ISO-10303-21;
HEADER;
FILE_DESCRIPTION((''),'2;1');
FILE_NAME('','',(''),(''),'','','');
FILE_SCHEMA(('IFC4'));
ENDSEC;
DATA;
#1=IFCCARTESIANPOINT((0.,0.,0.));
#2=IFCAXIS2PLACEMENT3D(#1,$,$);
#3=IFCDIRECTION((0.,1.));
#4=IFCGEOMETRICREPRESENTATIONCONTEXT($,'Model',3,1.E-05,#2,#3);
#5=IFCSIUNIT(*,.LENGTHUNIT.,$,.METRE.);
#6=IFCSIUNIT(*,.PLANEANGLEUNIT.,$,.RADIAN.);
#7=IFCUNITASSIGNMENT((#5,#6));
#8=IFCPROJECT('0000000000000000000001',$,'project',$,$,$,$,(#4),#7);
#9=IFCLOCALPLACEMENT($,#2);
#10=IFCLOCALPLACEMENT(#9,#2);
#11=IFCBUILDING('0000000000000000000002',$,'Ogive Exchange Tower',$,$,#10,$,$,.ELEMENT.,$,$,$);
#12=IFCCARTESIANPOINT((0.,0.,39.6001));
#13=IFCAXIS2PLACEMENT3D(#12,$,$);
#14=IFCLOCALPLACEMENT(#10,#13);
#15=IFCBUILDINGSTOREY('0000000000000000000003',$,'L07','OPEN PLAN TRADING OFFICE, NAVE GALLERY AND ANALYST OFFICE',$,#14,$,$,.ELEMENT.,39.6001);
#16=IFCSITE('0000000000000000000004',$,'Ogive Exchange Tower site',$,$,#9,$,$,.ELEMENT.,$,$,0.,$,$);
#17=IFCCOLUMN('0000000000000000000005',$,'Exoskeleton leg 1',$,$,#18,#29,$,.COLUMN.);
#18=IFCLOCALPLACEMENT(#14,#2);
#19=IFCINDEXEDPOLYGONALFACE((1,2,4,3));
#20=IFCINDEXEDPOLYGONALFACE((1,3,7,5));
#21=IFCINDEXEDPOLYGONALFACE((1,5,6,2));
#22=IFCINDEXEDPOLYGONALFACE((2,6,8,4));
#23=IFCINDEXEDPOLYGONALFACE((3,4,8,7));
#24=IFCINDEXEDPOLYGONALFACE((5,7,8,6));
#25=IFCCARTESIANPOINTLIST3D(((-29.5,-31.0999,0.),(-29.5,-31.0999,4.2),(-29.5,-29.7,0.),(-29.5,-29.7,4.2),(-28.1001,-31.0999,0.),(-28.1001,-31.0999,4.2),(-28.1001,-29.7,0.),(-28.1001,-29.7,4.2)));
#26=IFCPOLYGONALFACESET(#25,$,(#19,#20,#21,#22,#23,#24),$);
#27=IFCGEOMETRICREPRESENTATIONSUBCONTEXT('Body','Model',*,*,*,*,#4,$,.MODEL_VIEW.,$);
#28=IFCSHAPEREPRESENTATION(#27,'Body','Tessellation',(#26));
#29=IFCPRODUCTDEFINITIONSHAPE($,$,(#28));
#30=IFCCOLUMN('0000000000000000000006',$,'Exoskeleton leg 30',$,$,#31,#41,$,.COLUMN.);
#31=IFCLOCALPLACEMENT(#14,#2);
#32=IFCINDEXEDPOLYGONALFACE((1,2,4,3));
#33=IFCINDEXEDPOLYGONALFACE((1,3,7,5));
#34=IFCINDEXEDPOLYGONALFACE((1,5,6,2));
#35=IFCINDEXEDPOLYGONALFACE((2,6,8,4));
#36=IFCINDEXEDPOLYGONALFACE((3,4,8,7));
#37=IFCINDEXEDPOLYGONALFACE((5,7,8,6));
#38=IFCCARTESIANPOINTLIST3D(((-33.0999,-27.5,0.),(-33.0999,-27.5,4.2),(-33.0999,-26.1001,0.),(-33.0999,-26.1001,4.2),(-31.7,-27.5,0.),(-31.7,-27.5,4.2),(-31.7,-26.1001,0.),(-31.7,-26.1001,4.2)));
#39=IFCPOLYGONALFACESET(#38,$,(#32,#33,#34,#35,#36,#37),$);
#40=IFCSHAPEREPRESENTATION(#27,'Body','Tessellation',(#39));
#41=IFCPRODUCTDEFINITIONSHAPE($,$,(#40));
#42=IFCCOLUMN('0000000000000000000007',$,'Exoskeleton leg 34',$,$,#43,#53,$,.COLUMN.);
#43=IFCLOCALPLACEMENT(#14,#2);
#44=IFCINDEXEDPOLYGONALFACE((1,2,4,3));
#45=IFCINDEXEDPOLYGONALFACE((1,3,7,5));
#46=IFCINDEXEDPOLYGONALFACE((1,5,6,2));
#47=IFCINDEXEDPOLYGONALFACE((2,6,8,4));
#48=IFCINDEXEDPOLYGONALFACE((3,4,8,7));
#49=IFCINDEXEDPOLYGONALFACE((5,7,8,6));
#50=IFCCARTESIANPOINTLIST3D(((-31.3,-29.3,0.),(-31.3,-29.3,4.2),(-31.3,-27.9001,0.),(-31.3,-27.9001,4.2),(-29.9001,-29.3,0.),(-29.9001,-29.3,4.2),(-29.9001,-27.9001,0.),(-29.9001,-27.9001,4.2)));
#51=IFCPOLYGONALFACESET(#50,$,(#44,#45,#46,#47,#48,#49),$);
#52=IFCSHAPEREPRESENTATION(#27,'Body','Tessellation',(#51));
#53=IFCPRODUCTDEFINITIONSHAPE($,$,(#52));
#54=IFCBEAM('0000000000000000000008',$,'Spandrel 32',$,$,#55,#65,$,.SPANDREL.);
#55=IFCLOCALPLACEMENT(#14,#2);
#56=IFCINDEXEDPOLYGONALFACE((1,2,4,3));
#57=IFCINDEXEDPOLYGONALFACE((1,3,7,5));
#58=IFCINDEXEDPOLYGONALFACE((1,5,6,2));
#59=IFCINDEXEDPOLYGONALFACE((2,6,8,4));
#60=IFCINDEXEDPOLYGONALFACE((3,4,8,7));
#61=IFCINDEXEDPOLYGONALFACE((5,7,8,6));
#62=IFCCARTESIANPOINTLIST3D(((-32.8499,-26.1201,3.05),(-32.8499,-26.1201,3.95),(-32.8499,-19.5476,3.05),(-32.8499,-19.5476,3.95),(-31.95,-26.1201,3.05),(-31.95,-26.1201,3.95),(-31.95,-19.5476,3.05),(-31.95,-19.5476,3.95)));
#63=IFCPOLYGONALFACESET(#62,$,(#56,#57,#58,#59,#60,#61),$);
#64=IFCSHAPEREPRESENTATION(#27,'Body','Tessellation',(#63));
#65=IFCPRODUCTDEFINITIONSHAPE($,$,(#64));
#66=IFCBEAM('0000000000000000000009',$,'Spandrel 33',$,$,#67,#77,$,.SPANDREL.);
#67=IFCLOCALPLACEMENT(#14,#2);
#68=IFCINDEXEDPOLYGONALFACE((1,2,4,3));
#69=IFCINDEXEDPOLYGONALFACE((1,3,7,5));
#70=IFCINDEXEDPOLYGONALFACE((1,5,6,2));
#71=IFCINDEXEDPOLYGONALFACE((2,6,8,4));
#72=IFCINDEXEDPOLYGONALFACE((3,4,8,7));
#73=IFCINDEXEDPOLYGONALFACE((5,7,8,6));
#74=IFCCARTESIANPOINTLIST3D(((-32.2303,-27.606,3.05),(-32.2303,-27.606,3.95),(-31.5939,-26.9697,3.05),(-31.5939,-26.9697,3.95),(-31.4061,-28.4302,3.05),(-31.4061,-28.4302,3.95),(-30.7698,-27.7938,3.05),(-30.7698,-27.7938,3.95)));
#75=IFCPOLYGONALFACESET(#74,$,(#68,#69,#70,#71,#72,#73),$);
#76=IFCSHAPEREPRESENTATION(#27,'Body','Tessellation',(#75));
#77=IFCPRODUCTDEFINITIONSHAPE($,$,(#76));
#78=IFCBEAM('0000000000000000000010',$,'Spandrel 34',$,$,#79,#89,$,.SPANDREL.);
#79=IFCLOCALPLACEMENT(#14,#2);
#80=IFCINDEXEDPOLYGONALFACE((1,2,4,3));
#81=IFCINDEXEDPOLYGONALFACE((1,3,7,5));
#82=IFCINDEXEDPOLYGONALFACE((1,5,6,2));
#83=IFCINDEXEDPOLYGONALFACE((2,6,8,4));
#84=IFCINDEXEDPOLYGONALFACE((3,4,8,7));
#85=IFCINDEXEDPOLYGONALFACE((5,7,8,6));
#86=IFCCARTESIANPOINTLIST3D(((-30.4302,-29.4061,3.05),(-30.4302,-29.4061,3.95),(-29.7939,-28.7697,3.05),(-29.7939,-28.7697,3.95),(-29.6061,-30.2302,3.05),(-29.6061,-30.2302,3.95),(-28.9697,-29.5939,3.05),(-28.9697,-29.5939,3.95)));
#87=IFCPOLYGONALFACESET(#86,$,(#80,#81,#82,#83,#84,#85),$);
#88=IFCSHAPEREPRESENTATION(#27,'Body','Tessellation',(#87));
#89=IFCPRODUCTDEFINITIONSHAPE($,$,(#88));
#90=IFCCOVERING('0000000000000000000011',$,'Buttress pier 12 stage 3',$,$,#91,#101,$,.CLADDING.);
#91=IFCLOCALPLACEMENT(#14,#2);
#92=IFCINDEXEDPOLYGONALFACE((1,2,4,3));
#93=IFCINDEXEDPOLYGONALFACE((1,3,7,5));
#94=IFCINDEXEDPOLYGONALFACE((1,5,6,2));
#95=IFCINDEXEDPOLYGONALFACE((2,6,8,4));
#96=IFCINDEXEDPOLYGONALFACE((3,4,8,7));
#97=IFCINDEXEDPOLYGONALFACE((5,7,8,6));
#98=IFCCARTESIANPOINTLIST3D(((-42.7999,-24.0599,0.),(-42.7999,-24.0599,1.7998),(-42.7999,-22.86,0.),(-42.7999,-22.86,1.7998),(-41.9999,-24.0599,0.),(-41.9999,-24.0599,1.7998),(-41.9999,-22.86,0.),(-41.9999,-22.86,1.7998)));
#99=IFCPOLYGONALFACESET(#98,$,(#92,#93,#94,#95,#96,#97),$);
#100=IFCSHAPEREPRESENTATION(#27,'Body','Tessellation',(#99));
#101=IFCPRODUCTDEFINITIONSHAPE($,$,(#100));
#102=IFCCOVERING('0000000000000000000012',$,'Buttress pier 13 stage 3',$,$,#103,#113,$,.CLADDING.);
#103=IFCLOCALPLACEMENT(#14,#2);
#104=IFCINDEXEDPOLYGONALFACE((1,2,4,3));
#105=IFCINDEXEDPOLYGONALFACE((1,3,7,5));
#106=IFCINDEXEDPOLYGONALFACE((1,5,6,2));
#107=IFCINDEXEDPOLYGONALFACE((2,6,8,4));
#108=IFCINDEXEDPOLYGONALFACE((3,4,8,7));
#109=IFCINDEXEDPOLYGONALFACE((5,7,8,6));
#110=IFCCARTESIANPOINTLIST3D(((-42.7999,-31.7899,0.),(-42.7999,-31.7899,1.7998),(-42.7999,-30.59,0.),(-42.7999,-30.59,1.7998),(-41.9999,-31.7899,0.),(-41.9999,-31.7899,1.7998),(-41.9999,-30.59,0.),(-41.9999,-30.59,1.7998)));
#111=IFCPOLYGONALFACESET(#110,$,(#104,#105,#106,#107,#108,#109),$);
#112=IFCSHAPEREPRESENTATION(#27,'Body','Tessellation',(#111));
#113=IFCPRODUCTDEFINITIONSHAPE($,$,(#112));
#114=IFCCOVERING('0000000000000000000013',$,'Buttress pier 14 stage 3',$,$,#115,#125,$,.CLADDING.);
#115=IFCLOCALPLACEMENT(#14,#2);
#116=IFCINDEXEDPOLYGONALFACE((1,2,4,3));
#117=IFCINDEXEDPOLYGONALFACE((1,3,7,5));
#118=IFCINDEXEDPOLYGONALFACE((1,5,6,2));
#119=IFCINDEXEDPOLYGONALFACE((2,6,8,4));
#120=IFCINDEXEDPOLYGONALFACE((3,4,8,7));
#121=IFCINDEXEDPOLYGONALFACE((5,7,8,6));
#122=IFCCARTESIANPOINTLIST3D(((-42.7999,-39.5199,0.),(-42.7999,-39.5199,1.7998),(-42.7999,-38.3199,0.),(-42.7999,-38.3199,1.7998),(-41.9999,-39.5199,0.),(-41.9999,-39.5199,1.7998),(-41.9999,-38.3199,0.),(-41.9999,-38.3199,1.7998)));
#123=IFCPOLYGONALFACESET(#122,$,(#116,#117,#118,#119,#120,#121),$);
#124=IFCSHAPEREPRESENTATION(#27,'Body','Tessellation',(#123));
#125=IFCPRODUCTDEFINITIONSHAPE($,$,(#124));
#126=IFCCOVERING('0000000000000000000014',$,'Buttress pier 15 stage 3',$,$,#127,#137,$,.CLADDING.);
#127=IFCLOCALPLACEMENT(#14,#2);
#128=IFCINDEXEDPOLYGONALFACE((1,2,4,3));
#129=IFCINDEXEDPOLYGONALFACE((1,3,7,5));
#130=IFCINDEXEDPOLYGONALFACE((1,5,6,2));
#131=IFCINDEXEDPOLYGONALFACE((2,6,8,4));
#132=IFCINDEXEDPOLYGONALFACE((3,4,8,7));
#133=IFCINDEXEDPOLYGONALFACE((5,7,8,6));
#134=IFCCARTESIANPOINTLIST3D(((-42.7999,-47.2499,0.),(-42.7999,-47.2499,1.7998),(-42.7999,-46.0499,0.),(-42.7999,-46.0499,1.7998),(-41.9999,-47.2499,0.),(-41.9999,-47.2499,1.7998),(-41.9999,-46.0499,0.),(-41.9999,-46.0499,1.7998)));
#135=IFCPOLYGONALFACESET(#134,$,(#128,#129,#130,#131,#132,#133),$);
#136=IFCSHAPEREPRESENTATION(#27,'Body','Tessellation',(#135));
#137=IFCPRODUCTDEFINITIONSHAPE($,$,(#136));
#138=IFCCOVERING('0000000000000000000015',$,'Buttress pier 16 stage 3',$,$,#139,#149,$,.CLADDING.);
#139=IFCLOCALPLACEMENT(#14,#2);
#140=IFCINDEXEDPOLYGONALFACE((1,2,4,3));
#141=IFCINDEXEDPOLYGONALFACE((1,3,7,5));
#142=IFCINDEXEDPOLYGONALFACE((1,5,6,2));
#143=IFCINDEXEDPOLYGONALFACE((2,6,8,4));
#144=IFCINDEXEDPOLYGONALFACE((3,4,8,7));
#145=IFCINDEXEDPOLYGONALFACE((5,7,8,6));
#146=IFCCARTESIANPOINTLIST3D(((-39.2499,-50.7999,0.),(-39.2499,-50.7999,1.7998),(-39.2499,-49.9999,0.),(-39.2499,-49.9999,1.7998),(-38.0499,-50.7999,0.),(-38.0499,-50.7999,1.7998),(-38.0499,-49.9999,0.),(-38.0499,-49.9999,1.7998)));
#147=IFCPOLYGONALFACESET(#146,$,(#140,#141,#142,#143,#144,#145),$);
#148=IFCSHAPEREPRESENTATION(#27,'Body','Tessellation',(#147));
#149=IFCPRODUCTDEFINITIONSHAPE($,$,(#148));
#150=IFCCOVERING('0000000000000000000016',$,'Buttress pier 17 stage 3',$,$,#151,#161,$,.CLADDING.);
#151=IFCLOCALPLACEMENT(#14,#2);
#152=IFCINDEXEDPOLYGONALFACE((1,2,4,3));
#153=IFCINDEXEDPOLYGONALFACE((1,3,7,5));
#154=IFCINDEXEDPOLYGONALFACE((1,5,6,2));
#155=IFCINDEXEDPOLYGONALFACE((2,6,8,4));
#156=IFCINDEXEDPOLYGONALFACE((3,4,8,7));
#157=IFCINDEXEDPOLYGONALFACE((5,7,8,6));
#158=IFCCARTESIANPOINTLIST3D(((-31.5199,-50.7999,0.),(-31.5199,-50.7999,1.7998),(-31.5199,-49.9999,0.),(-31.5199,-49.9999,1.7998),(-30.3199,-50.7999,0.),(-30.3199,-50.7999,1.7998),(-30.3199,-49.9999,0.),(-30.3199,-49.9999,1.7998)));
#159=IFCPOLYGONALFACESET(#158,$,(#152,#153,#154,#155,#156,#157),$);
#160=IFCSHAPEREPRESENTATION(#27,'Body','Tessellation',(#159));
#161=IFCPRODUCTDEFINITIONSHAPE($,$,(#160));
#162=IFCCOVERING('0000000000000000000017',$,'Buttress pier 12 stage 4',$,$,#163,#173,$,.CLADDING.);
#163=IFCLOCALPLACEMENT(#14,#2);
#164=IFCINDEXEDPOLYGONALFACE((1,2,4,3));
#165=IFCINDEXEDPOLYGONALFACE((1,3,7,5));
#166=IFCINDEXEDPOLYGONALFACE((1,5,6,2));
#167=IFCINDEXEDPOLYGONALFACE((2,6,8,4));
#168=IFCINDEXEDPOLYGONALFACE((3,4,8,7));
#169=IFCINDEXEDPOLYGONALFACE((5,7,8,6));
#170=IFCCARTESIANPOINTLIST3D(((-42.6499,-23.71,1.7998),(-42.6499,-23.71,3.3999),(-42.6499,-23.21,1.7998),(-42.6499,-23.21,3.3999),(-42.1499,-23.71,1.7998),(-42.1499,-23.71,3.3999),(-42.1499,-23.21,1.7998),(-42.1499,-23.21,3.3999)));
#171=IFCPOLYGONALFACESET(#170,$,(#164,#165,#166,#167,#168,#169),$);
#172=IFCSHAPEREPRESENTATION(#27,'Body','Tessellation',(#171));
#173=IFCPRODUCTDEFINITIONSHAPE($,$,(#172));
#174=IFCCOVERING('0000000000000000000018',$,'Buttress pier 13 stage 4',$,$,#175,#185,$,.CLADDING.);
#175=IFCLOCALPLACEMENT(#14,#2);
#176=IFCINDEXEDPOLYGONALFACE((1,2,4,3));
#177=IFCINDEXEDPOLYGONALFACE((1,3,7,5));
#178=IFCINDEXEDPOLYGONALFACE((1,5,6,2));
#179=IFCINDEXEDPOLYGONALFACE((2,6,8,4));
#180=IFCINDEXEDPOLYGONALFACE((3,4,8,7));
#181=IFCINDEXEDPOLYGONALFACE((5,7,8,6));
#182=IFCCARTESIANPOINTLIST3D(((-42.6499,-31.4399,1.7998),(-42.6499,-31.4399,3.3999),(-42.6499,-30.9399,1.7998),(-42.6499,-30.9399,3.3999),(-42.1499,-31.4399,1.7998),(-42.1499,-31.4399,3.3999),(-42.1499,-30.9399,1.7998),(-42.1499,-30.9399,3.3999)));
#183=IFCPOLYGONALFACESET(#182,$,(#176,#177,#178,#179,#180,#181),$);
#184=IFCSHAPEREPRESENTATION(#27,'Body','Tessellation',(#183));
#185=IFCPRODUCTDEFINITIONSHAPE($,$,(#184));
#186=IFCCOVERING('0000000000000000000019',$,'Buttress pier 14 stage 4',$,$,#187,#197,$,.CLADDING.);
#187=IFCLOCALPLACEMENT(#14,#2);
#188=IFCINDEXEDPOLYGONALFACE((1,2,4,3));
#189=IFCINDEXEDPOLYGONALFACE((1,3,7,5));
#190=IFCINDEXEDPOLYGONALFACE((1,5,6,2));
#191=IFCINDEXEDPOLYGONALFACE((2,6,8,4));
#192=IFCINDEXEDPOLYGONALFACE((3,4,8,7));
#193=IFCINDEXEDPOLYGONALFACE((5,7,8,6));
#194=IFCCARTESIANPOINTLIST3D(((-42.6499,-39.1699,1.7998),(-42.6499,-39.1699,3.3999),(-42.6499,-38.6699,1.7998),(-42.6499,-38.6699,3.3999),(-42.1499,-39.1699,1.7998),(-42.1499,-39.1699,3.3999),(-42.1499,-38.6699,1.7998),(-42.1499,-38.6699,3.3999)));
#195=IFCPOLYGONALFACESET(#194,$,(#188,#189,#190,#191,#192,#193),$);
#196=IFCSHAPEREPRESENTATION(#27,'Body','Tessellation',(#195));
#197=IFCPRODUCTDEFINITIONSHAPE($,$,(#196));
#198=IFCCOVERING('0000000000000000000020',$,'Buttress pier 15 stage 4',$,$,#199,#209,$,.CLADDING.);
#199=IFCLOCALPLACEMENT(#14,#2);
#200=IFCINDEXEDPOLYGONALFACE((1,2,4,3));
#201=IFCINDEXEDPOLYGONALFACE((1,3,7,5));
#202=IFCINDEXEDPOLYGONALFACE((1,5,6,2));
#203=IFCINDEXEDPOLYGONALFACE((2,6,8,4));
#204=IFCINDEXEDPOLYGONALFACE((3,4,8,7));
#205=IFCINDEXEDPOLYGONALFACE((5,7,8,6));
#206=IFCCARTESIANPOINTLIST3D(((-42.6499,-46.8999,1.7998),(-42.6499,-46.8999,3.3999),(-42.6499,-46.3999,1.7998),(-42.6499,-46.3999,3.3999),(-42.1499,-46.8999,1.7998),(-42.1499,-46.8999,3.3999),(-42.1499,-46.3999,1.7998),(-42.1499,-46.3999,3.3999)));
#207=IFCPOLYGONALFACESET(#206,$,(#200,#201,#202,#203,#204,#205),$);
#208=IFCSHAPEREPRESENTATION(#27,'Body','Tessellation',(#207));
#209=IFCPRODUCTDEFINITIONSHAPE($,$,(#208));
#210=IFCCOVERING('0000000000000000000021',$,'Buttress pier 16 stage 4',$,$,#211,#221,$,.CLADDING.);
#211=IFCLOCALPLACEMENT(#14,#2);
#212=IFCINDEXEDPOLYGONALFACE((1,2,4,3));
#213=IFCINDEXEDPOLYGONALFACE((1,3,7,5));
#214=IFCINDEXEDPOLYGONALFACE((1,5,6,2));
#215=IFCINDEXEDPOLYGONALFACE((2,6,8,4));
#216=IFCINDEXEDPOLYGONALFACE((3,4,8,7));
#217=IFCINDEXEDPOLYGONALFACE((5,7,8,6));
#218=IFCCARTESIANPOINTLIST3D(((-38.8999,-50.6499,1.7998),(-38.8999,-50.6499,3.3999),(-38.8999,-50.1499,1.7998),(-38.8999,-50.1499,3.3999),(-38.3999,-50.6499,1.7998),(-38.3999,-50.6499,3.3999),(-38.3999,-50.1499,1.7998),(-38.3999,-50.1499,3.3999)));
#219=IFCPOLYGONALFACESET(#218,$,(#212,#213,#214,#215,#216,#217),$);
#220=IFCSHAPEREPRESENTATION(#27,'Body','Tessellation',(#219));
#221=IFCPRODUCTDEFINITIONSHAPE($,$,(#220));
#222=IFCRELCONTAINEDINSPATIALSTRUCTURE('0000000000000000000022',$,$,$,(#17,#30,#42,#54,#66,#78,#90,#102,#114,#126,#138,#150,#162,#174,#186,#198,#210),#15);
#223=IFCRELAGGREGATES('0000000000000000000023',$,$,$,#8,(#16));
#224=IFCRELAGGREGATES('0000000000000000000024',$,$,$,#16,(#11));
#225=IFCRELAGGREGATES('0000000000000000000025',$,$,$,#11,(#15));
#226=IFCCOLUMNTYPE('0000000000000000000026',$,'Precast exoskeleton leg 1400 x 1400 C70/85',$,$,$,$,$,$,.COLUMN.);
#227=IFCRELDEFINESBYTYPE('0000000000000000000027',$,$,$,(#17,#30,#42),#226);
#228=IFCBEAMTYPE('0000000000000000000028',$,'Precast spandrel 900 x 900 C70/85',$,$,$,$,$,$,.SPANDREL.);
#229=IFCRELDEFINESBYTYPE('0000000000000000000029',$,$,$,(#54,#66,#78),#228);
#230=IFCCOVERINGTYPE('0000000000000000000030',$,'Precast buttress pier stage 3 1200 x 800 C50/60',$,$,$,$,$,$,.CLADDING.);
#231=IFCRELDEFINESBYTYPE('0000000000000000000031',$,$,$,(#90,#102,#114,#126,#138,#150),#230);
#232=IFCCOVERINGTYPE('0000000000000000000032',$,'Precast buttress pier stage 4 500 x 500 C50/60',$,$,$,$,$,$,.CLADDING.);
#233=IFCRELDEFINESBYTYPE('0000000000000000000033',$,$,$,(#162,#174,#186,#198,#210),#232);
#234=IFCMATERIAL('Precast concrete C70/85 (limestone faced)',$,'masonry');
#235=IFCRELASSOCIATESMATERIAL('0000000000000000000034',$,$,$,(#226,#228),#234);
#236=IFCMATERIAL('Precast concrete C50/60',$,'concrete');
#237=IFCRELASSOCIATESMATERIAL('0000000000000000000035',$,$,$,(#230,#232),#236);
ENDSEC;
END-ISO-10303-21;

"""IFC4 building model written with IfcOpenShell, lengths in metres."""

from ifc_helpers import new_model, si_unit, direction, frame, origin, origin_2d, place, context, subcontext, project, spatial, rectangle, extrude, material, material_profile, profile_set, type_object, element, save


model = new_model("IFC4")

# Units and contexts
model_context = context("Model", 3, precision=1e-05, world=origin(), true_north=direction((0.0, 1.0)))
body_context = subcontext(model_context, "Body", "Model", "MODEL_VIEW")
ifc_project = project(units=[si_unit("LENGTHUNIT", "METRE"), si_unit("PLANEANGLEUNIT", "RADIAN")], contexts=[model_context])

# Site, building, storey
site_placement = place(None, origin())
site = spatial("IfcSite", under=ifc_project, at=site_placement, Name="Ogive Exchange Tower site", CompositionType="ELEMENT", RefElevation=0.0)
building_placement = place(site_placement, origin())
building = spatial("IfcBuilding", under=site, at=building_placement, Name="Ogive Exchange Tower", CompositionType="ELEMENT")
storey_placement = place(building_placement, frame((0.0, 0.0, 39.6001)))
storey = spatial("IfcBuildingStorey", under=building, at=storey_placement, Name="L07", Description="OPEN PLAN TRADING OFFICE, NAVE GALLERY AND ANALYST OFFICE", CompositionType="ELEMENT", Elevation=39.6001)

# Columns
ifc_material_1 = material(Name="Precast concrete C70/85 (limestone faced)", Category="masonry")
ifc_material_profile_1 = material_profile(ifc_material_1, rectangle(XDim=1.3999, YDim=1.3999, at=origin_2d()), Name="1400 x 1400")
ifc_profile_set_1 = profile_set([ifc_material_profile_1], Name="Precast concrete C70/85 (limestone faced)")
column_type = type_object("IfcColumnType", Name="Precast exoskeleton leg 1400 x 1400 C70/85", PredefinedType="COLUMN", material=ifc_profile_set_1)
for number, where, z_axis, x_axis, name in (
    (1, (-28.8, -30.3999, 0.0), (0.0, 0.0, 1.0), (1.0, 0.0, 0.0), "Exoskeleton leg 1"),
    (2, (-32.3999, -26.8, 0.0), (0.0, 0.0, 1.0), (1.0, 0.0, 0.0), "Exoskeleton leg 30"),
    (3, (-30.6001, -28.6001, 0.0), (0.0, 0.0, 1.0), (1.0, 0.0, 0.0), "Exoskeleton leg 34"),
):
    element("IfcColumn", number, at=place(storey_placement, frame(where, z_axis=z_axis, x_axis=x_axis)), inside=storey, type_object=column_type, Name=name, PredefinedType="COLUMN", context=body_context, shape_type="SweptSolid", body=[
        extrude(rectangle(XDim=1.3999, YDim=1.3999, at=origin_2d()), origin(), (0.0, 0.0, 1.0), 4.2),
    ])

# Beams
ifc_material_profile_2 = material_profile(ifc_material_1, rectangle(XDim=0.8999, YDim=0.8999, at=origin_2d()), Name="900 x 900")
ifc_profile_set_2 = profile_set([ifc_material_profile_2], Name="Precast concrete C70/85 (limestone faced)")
beam_type = type_object("IfcBeamType", Name="Precast spandrel 900 x 900 C70/85", PredefinedType="SPANDREL", material=ifc_profile_set_2)
beam_placement = place(storey_placement, frame((-32.3999, -19.5476, 3.5), z_axis=(0.0, -1.0, 0.0), x_axis=(1.0, 0.0, 0.0)))
element("IfcBeam", 4, at=beam_placement, inside=storey, type_object=beam_type, Name="Spandrel 32", PredefinedType="SPANDREL", context=body_context, shape_type="SweptSolid", body=[
    extrude(rectangle(XDim=0.8999, YDim=0.8999, at=origin_2d()), origin(), (0.0, 0.0, 1.0), 6.5725),
])
for number, where, z_axis, x_axis, name in (
    (5, (-31.9121, -27.2878, 3.5), (0.707107, -0.707107, 0.0), (0.707107, 0.707107, 0.0), "Spandrel 33"),
    (6, (-30.1121, -29.0879, 3.5), (0.707107, -0.707107, 0.0), (0.707107, 0.707107, 0.0), "Spandrel 34"),
):
    element("IfcBeam", number, at=place(storey_placement, frame(where, z_axis=z_axis, x_axis=x_axis)), inside=storey, type_object=beam_type, Name=name, PredefinedType="SPANDREL", context=body_context, shape_type="SweptSolid", body=[
        extrude(rectangle(XDim=0.8999, YDim=0.8999, at=origin_2d()), origin(), (0.0, 0.0, 1.0), 1.1655),
    ])

# Coverings
ifc_material_2 = material(Name="Precast concrete C50/60", Category="concrete")
ifc_material_profile_3 = material_profile(ifc_material_2, rectangle(XDim=1.2, YDim=0.8, at=origin_2d()), Name="BUTTRESS PIER 3 1200 x 800")
ifc_profile_set_3 = profile_set([ifc_material_profile_3], Name="Precast concrete C50/60")
covering_type_1 = type_object("IfcCoveringType", Name="Precast buttress pier stage 3 1200 x 800 C50/60", PredefinedType="CLADDING", material=ifc_profile_set_3)
for number, where, z_axis, x_axis, name in (
    (7, (-42.3999, -23.46, 0.0), (0.0, 0.0, 1.0), (0.0, 1.0, 0.0), "Buttress pier 12 stage 3"),
    (8, (-42.3999, -31.1899, 0.0), (0.0, 0.0, 1.0), (0.0, 1.0, 0.0), "Buttress pier 13 stage 3"),
    (9, (-42.3999, -38.9199, 0.0), (0.0, 0.0, 1.0), (0.0, 1.0, 0.0), "Buttress pier 14 stage 3"),
    (10, (-42.3999, -46.6499, 0.0), (0.0, 0.0, 1.0), (0.0, 1.0, 0.0), "Buttress pier 15 stage 3"),
    (11, (-38.6499, -50.3999, 0.0), (0.0, 0.0, 1.0), (1.0, 0.0, 0.0), "Buttress pier 16 stage 3"),
    (12, (-30.9199, -50.3999, 0.0), (0.0, 0.0, 1.0), (1.0, 0.0, 0.0), "Buttress pier 17 stage 3"),
):
    element("IfcCovering", number, at=place(storey_placement, frame(where, z_axis=z_axis, x_axis=x_axis)), inside=storey, type_object=covering_type_1, Name=name, PredefinedType="CLADDING", context=body_context, shape_type="SweptSolid", body=[
        extrude(rectangle(XDim=1.2, YDim=0.8, at=origin_2d()), origin(), (0.0, 0.0, 1.0), 1.7998),
    ])
ifc_material_profile_4 = material_profile(ifc_material_2, rectangle(XDim=0.5, YDim=0.5, at=origin_2d()), Name="BUTTRESS PIER 4 500 x 500")
ifc_profile_set_4 = profile_set([ifc_material_profile_4], Name="Precast concrete C50/60")
covering_type_2 = type_object("IfcCoveringType", Name="Precast buttress pier stage 4 500 x 500 C50/60", PredefinedType="CLADDING", material=ifc_profile_set_4)
for number, where, z_axis, x_axis, name in (
    (13, (-42.3999, -23.46, 1.7998), (0.0, 0.0, 1.0), (0.0, 1.0, 0.0), "Buttress pier 12 stage 4"),
    (14, (-42.3999, -31.1899, 1.7998), (0.0, 0.0, 1.0), (0.0, 1.0, 0.0), "Buttress pier 13 stage 4"),
    (15, (-42.3999, -38.9199, 1.7998), (0.0, 0.0, 1.0), (0.0, 1.0, 0.0), "Buttress pier 14 stage 4"),
    (16, (-42.3999, -46.6499, 1.7998), (0.0, 0.0, 1.0), (0.0, 1.0, 0.0), "Buttress pier 15 stage 4"),
    (17, (-38.6499, -50.3999, 1.7998), (0.0, 0.0, 1.0), (1.0, 0.0, 0.0), "Buttress pier 16 stage 4"),
):
    element("IfcCovering", number, at=place(storey_placement, frame(where, z_axis=z_axis, x_axis=x_axis)), inside=storey, type_object=covering_type_2, Name=name, PredefinedType="CLADDING", context=body_context, shape_type="SweptSolid", body=[
        extrude(rectangle(XDim=0.5, YDim=0.5, at=origin_2d()), origin(), (0.0, 0.0, 1.0), 1.6001),
    ])

save(model, "model.ifc")
